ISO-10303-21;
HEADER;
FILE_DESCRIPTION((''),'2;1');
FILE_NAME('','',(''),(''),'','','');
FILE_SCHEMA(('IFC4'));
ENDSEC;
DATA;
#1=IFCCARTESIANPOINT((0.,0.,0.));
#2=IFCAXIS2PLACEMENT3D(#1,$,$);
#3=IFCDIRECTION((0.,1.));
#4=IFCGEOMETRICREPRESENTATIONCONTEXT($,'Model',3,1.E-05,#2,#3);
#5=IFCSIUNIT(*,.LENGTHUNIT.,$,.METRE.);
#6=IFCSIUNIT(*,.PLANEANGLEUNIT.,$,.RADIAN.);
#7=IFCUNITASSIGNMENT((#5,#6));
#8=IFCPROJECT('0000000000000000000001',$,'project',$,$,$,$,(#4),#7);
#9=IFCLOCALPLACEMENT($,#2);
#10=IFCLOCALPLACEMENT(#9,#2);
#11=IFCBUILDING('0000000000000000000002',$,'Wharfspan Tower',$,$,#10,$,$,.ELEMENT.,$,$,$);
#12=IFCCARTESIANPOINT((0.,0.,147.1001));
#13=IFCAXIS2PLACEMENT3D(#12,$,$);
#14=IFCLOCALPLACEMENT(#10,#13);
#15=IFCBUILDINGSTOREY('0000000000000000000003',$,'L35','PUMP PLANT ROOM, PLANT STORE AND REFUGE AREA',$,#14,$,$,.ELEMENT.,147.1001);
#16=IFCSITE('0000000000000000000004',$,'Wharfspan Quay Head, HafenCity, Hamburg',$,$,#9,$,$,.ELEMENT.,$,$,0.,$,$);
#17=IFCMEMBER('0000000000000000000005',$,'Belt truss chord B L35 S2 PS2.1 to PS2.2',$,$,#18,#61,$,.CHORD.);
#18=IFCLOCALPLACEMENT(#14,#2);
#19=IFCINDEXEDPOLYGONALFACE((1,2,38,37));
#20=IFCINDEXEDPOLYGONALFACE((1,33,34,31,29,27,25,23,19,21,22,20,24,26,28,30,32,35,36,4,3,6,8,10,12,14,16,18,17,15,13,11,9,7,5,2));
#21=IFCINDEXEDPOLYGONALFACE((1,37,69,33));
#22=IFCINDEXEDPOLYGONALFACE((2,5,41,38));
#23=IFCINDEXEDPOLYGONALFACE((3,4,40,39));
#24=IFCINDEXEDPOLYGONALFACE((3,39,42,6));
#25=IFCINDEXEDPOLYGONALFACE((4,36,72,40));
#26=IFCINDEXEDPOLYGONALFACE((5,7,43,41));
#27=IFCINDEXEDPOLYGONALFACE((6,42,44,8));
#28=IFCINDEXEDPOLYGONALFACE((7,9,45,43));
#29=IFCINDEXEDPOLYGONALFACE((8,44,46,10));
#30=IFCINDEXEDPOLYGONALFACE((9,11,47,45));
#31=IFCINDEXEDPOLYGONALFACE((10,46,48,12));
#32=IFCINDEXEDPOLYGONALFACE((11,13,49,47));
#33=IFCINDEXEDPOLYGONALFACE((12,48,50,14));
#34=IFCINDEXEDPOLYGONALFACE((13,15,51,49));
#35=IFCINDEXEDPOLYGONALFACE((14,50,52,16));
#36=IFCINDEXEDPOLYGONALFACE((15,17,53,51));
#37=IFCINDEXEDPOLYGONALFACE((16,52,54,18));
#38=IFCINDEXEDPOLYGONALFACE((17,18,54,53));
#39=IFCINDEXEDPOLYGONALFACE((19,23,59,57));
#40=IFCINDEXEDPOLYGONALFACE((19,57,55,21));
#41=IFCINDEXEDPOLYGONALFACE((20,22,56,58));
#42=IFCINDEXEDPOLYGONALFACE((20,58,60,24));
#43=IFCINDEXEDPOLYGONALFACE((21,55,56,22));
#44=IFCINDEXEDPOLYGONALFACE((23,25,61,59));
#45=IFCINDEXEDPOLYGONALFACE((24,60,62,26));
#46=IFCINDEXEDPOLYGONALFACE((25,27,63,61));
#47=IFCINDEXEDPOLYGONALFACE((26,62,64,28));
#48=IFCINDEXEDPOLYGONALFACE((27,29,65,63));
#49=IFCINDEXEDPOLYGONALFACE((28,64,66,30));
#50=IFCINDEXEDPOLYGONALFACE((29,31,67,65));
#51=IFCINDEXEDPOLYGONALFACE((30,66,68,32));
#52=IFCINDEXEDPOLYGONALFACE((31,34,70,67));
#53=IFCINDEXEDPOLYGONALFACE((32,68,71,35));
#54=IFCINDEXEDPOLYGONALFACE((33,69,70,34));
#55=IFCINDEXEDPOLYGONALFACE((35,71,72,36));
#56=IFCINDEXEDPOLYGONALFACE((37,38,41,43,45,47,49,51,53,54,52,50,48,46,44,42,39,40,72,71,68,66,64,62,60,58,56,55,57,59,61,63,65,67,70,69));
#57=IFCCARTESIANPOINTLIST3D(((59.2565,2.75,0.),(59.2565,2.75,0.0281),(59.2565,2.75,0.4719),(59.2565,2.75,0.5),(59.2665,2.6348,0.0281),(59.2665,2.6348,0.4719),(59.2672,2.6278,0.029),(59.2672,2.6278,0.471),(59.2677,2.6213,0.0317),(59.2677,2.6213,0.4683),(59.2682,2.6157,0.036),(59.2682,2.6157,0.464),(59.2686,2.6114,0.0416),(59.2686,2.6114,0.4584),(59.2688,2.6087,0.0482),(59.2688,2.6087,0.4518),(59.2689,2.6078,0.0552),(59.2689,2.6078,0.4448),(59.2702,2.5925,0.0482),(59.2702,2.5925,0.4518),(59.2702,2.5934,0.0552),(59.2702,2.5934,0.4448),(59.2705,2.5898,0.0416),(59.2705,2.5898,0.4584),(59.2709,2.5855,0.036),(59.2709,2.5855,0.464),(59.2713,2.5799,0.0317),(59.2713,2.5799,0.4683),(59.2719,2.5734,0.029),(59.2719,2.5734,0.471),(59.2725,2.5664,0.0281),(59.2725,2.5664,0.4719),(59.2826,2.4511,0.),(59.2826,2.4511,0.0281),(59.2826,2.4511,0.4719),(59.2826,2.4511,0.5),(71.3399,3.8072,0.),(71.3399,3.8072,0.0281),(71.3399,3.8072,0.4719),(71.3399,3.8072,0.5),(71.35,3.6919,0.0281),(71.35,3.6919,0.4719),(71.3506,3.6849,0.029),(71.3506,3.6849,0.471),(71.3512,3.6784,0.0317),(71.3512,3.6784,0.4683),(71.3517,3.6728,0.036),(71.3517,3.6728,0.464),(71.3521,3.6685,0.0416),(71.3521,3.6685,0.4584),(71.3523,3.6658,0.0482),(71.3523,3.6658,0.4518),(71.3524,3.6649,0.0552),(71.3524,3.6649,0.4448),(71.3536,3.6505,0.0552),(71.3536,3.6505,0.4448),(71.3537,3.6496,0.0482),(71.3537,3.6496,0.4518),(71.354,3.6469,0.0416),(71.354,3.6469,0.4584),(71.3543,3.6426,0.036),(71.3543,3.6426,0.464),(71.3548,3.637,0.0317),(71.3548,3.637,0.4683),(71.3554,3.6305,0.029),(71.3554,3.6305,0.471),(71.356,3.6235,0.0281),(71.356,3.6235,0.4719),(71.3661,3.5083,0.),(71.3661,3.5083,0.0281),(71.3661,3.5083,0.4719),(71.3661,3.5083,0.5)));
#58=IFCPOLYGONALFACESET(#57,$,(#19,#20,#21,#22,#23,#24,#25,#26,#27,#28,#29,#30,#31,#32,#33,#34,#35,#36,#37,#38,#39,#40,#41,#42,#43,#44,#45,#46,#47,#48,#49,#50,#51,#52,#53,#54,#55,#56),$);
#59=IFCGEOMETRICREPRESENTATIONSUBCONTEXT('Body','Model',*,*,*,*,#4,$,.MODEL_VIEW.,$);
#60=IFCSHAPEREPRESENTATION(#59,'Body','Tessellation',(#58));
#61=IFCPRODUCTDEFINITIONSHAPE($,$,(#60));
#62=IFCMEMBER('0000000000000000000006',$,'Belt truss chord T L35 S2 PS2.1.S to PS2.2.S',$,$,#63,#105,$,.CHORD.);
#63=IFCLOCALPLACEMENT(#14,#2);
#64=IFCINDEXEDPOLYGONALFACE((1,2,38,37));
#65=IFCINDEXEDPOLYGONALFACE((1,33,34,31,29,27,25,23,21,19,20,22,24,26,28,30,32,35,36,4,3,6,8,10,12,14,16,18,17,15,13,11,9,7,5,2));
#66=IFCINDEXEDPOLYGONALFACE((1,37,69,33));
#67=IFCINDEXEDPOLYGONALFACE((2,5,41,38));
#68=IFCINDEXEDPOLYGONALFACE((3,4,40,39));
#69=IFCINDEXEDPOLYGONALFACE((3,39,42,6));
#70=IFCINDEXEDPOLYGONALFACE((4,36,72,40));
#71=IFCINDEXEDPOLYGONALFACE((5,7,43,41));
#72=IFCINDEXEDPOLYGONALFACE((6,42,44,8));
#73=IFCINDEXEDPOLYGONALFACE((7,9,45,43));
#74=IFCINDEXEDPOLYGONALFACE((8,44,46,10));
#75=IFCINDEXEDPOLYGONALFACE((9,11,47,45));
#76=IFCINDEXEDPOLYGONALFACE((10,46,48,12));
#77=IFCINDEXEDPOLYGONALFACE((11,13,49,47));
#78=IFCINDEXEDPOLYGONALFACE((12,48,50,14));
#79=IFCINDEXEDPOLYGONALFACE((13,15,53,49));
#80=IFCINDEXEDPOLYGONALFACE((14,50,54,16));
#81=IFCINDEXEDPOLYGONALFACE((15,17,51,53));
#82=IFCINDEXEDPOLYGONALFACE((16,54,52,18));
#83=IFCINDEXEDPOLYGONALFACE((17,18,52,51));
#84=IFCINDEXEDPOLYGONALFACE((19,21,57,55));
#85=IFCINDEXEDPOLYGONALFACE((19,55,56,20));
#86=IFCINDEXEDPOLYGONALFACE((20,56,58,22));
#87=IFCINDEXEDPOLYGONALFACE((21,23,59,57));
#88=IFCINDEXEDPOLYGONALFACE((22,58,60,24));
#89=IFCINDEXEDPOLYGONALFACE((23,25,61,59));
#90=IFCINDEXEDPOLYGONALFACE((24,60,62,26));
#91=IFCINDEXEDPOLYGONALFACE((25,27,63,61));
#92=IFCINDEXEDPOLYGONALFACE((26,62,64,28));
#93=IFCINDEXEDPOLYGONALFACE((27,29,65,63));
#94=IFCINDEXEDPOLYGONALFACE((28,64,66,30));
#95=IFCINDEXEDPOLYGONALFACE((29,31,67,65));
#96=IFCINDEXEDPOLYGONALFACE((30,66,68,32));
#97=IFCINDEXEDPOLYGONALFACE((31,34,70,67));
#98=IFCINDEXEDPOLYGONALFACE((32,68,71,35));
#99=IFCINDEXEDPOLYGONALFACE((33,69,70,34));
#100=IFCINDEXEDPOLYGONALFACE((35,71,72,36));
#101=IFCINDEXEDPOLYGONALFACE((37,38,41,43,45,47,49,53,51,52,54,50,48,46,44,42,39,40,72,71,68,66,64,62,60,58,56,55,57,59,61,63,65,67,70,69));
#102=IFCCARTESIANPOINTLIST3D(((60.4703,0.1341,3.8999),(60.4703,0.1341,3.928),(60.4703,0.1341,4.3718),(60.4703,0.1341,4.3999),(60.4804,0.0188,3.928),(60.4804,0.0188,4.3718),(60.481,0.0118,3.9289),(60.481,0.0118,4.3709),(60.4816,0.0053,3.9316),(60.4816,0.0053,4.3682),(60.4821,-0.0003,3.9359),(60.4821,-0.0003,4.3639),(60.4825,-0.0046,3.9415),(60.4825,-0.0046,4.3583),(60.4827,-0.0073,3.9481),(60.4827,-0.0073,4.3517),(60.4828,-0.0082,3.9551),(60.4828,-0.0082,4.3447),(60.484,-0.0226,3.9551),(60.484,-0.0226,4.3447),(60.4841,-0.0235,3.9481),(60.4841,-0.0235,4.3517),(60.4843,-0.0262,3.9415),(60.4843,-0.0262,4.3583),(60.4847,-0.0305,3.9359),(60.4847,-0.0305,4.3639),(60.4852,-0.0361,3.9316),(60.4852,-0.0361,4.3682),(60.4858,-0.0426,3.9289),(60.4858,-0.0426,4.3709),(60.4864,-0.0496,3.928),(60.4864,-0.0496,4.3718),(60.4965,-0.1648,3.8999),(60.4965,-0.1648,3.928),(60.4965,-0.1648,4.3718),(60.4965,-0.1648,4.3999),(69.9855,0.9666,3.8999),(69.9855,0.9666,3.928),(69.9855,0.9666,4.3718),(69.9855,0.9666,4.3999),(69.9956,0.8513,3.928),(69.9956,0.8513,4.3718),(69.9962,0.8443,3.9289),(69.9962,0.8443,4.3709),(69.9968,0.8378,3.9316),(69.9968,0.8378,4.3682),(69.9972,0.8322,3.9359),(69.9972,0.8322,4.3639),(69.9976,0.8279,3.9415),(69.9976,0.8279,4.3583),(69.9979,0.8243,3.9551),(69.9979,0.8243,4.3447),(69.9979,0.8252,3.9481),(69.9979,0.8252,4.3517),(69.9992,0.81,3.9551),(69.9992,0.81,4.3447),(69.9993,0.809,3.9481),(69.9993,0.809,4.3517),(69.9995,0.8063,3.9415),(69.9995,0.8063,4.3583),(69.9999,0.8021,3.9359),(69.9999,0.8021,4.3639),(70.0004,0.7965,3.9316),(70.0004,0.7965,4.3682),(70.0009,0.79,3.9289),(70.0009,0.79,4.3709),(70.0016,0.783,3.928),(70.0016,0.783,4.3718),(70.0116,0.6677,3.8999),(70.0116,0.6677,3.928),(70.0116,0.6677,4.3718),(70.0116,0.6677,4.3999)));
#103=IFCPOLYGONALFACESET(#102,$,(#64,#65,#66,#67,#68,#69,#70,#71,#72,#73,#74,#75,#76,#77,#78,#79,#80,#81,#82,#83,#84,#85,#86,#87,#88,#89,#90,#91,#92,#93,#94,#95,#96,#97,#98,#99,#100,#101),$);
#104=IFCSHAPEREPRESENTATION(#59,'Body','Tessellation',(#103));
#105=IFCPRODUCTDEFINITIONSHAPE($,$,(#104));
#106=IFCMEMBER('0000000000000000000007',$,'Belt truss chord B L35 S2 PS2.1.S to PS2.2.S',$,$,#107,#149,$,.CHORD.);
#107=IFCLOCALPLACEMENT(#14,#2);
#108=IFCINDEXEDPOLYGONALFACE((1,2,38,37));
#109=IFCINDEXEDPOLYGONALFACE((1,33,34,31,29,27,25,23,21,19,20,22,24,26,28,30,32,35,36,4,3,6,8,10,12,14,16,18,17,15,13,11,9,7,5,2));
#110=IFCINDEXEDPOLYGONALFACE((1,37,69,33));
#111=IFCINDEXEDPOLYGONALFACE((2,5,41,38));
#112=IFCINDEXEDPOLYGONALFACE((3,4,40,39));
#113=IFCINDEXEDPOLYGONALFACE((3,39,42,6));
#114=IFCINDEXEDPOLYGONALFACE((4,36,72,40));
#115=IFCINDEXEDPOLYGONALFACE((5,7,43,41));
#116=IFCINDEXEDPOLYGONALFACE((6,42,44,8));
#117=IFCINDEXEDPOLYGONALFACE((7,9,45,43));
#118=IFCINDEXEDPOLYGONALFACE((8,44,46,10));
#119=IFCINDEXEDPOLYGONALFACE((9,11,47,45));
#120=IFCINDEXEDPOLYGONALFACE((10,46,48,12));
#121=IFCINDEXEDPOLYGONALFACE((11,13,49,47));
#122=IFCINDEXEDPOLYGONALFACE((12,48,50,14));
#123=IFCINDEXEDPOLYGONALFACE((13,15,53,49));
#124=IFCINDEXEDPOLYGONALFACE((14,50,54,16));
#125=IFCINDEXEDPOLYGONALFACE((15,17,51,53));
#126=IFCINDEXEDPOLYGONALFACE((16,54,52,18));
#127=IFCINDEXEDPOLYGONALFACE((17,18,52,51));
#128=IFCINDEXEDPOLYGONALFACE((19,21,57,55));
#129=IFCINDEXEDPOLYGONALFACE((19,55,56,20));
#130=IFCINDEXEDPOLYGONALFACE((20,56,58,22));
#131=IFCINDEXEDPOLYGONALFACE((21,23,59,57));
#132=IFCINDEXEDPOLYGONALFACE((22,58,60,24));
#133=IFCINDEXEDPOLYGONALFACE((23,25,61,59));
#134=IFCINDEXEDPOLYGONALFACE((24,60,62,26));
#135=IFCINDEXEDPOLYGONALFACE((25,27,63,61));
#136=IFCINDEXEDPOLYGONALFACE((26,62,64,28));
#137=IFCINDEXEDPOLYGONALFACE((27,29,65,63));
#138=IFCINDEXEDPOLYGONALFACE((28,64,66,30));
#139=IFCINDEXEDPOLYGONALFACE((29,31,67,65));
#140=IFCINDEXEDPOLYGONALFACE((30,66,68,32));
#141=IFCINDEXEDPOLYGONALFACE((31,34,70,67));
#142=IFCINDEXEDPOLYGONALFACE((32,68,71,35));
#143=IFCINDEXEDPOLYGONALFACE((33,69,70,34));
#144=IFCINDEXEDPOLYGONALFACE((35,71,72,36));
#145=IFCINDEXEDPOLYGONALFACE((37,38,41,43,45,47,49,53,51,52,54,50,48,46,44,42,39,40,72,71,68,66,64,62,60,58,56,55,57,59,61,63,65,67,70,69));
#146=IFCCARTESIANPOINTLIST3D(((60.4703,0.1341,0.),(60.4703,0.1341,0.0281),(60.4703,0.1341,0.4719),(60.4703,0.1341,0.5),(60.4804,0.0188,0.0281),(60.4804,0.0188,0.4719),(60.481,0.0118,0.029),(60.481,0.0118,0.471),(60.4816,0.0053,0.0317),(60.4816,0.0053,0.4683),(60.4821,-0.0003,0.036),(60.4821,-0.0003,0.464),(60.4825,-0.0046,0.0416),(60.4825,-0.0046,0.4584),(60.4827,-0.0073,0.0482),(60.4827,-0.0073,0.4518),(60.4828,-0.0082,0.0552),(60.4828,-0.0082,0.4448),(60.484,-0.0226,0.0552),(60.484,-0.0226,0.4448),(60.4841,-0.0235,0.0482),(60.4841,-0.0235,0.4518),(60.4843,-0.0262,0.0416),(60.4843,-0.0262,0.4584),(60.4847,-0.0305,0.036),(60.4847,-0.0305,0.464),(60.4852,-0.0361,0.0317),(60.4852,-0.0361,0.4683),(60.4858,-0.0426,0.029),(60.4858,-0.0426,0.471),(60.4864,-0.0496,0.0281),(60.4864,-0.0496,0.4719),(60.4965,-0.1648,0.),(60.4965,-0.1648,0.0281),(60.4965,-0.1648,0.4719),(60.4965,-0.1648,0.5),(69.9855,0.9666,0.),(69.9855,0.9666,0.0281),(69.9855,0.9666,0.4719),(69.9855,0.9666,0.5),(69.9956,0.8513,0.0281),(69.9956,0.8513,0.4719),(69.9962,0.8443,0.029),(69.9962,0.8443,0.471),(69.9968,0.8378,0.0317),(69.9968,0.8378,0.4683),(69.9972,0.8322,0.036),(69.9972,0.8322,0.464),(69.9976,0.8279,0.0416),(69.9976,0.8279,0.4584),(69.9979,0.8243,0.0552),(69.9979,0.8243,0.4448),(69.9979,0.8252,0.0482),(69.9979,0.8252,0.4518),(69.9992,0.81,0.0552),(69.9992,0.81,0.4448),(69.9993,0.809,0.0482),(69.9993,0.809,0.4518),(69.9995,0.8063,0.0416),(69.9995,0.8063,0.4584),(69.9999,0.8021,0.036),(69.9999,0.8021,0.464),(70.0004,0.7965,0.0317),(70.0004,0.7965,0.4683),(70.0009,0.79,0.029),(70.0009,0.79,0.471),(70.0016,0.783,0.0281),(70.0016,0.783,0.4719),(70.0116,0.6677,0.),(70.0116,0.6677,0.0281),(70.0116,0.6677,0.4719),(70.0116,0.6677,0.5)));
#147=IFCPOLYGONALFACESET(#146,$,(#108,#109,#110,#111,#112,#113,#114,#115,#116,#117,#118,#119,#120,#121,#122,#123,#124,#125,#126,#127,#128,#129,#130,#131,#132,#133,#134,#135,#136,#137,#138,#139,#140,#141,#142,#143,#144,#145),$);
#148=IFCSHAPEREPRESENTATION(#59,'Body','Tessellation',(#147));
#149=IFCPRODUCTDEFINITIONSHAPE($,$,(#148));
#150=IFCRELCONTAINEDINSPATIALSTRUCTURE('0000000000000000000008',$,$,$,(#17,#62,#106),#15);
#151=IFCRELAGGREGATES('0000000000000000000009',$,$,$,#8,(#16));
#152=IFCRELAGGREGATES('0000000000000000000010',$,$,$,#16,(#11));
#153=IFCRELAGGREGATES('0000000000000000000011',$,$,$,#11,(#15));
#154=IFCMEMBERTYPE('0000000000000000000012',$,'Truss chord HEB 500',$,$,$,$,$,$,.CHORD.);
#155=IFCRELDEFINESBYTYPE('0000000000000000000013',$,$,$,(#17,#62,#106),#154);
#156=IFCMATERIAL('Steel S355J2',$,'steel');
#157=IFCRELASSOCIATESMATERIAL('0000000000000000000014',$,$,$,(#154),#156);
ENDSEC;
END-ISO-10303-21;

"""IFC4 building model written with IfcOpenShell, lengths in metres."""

from ifc_helpers import new_model, si_unit, direction, frame, origin, origin_2d, place, context, subcontext, project, spatial, i_section, extrude, material, material_profile, profile_set, type_object, element, save


model = new_model("IFC4")

# Units and contexts
model_context = context("Model", 3, precision=1e-05, world=origin(), true_north=direction((0.0, 1.0)))
body_context = subcontext(model_context, "Body", "Model", "MODEL_VIEW")
ifc_project = project(units=[si_unit("LENGTHUNIT", "METRE"), si_unit("PLANEANGLEUNIT", "RADIAN")], contexts=[model_context])

# Site, building, storey
site_placement = place(None, origin())
site = spatial("IfcSite", under=ifc_project, at=site_placement, Name="Wharfspan Quay Head, HafenCity, Hamburg", CompositionType="ELEMENT", RefElevation=0.0)
building_placement = place(site_placement, origin())
building = spatial("IfcBuilding", under=site, at=building_placement, Name="Wharfspan Tower", CompositionType="ELEMENT")
storey_placement = place(building_placement, frame((0.0, 0.0, 147.1001)))
storey = spatial("IfcBuildingStorey", under=building, at=storey_placement, Name="L35", Description="PUMP PLANT ROOM, PLANT STORE AND REFUGE AREA", CompositionType="ELEMENT", Elevation=147.1001)

# Shared definitions
ifc_material_1 = material(Name="Steel S355J2", Category="steel")

# Members
ifc_material_profile_1 = material_profile(ifc_material_1, i_section(OverallWidth=0.3, OverallDepth=0.5, WebThickness=0.0144, FlangeThickness=0.0281, FilletRadius=0.0271, at=origin_2d()))
ifc_profile_set_1 = profile_set([ifc_material_profile_1], Name="Steel S355J2")
member_type_1 = type_object("IfcMemberType", Name="Truss chord HEB 500", PredefinedType="CHORD", material=ifc_profile_set_1)
for number, where, z_axis, x_axis, name in (
    (1, (59.2695, 2.6006, 0.25), (0.996195, 0.087152, 0.0), (-0.087152, 0.996195, 0.0), "Belt truss chord B L35 S2 PS2.1 to PS2.2"),
):
    element("IfcMember", number, at=place(storey_placement, frame(where, z_axis=z_axis, x_axis=x_axis)), inside=storey, type_object=member_type_1, Name=name, PredefinedType="CHORD", context=body_context, shape_type="SweptSolid", body=[
        extrude(i_section(OverallWidth=0.3, OverallDepth=0.5, WebThickness=0.0144, FlangeThickness=0.0281, FilletRadius=0.0271, at=origin_2d()), origin(), (0.0, 0.0, 1.0), 12.1296),
    ])
for number, where, z_axis, x_axis, name in (
    (2, (60.4834, -0.0154, 4.1499), (0.996194, 0.087161, 0.0), (-0.087161, 0.996194, 0.0), "Belt truss chord T L35 S2 PS2.1.S to PS2.2.S"),
    (3, (60.4834, -0.0154, 0.25), (0.996194, 0.087161, 0.0), (-0.087161, 0.996194, 0.0), "Belt truss chord B L35 S2 PS2.1.S to PS2.2.S"),
):
    element("IfcMember", number, at=place(storey_placement, frame(where, z_axis=z_axis, x_axis=x_axis)), inside=storey, type_object=member_type_1, Name=name, PredefinedType="CHORD", context=body_context, shape_type="SweptSolid", body=[
        extrude(i_section(OverallWidth=0.3, OverallDepth=0.5, WebThickness=0.0144, FlangeThickness=0.0281, FilletRadius=0.0271, at=origin_2d()), origin(), (0.0, 0.0, 1.0), 9.5515),
    ])

save(model, "model.ifc")
